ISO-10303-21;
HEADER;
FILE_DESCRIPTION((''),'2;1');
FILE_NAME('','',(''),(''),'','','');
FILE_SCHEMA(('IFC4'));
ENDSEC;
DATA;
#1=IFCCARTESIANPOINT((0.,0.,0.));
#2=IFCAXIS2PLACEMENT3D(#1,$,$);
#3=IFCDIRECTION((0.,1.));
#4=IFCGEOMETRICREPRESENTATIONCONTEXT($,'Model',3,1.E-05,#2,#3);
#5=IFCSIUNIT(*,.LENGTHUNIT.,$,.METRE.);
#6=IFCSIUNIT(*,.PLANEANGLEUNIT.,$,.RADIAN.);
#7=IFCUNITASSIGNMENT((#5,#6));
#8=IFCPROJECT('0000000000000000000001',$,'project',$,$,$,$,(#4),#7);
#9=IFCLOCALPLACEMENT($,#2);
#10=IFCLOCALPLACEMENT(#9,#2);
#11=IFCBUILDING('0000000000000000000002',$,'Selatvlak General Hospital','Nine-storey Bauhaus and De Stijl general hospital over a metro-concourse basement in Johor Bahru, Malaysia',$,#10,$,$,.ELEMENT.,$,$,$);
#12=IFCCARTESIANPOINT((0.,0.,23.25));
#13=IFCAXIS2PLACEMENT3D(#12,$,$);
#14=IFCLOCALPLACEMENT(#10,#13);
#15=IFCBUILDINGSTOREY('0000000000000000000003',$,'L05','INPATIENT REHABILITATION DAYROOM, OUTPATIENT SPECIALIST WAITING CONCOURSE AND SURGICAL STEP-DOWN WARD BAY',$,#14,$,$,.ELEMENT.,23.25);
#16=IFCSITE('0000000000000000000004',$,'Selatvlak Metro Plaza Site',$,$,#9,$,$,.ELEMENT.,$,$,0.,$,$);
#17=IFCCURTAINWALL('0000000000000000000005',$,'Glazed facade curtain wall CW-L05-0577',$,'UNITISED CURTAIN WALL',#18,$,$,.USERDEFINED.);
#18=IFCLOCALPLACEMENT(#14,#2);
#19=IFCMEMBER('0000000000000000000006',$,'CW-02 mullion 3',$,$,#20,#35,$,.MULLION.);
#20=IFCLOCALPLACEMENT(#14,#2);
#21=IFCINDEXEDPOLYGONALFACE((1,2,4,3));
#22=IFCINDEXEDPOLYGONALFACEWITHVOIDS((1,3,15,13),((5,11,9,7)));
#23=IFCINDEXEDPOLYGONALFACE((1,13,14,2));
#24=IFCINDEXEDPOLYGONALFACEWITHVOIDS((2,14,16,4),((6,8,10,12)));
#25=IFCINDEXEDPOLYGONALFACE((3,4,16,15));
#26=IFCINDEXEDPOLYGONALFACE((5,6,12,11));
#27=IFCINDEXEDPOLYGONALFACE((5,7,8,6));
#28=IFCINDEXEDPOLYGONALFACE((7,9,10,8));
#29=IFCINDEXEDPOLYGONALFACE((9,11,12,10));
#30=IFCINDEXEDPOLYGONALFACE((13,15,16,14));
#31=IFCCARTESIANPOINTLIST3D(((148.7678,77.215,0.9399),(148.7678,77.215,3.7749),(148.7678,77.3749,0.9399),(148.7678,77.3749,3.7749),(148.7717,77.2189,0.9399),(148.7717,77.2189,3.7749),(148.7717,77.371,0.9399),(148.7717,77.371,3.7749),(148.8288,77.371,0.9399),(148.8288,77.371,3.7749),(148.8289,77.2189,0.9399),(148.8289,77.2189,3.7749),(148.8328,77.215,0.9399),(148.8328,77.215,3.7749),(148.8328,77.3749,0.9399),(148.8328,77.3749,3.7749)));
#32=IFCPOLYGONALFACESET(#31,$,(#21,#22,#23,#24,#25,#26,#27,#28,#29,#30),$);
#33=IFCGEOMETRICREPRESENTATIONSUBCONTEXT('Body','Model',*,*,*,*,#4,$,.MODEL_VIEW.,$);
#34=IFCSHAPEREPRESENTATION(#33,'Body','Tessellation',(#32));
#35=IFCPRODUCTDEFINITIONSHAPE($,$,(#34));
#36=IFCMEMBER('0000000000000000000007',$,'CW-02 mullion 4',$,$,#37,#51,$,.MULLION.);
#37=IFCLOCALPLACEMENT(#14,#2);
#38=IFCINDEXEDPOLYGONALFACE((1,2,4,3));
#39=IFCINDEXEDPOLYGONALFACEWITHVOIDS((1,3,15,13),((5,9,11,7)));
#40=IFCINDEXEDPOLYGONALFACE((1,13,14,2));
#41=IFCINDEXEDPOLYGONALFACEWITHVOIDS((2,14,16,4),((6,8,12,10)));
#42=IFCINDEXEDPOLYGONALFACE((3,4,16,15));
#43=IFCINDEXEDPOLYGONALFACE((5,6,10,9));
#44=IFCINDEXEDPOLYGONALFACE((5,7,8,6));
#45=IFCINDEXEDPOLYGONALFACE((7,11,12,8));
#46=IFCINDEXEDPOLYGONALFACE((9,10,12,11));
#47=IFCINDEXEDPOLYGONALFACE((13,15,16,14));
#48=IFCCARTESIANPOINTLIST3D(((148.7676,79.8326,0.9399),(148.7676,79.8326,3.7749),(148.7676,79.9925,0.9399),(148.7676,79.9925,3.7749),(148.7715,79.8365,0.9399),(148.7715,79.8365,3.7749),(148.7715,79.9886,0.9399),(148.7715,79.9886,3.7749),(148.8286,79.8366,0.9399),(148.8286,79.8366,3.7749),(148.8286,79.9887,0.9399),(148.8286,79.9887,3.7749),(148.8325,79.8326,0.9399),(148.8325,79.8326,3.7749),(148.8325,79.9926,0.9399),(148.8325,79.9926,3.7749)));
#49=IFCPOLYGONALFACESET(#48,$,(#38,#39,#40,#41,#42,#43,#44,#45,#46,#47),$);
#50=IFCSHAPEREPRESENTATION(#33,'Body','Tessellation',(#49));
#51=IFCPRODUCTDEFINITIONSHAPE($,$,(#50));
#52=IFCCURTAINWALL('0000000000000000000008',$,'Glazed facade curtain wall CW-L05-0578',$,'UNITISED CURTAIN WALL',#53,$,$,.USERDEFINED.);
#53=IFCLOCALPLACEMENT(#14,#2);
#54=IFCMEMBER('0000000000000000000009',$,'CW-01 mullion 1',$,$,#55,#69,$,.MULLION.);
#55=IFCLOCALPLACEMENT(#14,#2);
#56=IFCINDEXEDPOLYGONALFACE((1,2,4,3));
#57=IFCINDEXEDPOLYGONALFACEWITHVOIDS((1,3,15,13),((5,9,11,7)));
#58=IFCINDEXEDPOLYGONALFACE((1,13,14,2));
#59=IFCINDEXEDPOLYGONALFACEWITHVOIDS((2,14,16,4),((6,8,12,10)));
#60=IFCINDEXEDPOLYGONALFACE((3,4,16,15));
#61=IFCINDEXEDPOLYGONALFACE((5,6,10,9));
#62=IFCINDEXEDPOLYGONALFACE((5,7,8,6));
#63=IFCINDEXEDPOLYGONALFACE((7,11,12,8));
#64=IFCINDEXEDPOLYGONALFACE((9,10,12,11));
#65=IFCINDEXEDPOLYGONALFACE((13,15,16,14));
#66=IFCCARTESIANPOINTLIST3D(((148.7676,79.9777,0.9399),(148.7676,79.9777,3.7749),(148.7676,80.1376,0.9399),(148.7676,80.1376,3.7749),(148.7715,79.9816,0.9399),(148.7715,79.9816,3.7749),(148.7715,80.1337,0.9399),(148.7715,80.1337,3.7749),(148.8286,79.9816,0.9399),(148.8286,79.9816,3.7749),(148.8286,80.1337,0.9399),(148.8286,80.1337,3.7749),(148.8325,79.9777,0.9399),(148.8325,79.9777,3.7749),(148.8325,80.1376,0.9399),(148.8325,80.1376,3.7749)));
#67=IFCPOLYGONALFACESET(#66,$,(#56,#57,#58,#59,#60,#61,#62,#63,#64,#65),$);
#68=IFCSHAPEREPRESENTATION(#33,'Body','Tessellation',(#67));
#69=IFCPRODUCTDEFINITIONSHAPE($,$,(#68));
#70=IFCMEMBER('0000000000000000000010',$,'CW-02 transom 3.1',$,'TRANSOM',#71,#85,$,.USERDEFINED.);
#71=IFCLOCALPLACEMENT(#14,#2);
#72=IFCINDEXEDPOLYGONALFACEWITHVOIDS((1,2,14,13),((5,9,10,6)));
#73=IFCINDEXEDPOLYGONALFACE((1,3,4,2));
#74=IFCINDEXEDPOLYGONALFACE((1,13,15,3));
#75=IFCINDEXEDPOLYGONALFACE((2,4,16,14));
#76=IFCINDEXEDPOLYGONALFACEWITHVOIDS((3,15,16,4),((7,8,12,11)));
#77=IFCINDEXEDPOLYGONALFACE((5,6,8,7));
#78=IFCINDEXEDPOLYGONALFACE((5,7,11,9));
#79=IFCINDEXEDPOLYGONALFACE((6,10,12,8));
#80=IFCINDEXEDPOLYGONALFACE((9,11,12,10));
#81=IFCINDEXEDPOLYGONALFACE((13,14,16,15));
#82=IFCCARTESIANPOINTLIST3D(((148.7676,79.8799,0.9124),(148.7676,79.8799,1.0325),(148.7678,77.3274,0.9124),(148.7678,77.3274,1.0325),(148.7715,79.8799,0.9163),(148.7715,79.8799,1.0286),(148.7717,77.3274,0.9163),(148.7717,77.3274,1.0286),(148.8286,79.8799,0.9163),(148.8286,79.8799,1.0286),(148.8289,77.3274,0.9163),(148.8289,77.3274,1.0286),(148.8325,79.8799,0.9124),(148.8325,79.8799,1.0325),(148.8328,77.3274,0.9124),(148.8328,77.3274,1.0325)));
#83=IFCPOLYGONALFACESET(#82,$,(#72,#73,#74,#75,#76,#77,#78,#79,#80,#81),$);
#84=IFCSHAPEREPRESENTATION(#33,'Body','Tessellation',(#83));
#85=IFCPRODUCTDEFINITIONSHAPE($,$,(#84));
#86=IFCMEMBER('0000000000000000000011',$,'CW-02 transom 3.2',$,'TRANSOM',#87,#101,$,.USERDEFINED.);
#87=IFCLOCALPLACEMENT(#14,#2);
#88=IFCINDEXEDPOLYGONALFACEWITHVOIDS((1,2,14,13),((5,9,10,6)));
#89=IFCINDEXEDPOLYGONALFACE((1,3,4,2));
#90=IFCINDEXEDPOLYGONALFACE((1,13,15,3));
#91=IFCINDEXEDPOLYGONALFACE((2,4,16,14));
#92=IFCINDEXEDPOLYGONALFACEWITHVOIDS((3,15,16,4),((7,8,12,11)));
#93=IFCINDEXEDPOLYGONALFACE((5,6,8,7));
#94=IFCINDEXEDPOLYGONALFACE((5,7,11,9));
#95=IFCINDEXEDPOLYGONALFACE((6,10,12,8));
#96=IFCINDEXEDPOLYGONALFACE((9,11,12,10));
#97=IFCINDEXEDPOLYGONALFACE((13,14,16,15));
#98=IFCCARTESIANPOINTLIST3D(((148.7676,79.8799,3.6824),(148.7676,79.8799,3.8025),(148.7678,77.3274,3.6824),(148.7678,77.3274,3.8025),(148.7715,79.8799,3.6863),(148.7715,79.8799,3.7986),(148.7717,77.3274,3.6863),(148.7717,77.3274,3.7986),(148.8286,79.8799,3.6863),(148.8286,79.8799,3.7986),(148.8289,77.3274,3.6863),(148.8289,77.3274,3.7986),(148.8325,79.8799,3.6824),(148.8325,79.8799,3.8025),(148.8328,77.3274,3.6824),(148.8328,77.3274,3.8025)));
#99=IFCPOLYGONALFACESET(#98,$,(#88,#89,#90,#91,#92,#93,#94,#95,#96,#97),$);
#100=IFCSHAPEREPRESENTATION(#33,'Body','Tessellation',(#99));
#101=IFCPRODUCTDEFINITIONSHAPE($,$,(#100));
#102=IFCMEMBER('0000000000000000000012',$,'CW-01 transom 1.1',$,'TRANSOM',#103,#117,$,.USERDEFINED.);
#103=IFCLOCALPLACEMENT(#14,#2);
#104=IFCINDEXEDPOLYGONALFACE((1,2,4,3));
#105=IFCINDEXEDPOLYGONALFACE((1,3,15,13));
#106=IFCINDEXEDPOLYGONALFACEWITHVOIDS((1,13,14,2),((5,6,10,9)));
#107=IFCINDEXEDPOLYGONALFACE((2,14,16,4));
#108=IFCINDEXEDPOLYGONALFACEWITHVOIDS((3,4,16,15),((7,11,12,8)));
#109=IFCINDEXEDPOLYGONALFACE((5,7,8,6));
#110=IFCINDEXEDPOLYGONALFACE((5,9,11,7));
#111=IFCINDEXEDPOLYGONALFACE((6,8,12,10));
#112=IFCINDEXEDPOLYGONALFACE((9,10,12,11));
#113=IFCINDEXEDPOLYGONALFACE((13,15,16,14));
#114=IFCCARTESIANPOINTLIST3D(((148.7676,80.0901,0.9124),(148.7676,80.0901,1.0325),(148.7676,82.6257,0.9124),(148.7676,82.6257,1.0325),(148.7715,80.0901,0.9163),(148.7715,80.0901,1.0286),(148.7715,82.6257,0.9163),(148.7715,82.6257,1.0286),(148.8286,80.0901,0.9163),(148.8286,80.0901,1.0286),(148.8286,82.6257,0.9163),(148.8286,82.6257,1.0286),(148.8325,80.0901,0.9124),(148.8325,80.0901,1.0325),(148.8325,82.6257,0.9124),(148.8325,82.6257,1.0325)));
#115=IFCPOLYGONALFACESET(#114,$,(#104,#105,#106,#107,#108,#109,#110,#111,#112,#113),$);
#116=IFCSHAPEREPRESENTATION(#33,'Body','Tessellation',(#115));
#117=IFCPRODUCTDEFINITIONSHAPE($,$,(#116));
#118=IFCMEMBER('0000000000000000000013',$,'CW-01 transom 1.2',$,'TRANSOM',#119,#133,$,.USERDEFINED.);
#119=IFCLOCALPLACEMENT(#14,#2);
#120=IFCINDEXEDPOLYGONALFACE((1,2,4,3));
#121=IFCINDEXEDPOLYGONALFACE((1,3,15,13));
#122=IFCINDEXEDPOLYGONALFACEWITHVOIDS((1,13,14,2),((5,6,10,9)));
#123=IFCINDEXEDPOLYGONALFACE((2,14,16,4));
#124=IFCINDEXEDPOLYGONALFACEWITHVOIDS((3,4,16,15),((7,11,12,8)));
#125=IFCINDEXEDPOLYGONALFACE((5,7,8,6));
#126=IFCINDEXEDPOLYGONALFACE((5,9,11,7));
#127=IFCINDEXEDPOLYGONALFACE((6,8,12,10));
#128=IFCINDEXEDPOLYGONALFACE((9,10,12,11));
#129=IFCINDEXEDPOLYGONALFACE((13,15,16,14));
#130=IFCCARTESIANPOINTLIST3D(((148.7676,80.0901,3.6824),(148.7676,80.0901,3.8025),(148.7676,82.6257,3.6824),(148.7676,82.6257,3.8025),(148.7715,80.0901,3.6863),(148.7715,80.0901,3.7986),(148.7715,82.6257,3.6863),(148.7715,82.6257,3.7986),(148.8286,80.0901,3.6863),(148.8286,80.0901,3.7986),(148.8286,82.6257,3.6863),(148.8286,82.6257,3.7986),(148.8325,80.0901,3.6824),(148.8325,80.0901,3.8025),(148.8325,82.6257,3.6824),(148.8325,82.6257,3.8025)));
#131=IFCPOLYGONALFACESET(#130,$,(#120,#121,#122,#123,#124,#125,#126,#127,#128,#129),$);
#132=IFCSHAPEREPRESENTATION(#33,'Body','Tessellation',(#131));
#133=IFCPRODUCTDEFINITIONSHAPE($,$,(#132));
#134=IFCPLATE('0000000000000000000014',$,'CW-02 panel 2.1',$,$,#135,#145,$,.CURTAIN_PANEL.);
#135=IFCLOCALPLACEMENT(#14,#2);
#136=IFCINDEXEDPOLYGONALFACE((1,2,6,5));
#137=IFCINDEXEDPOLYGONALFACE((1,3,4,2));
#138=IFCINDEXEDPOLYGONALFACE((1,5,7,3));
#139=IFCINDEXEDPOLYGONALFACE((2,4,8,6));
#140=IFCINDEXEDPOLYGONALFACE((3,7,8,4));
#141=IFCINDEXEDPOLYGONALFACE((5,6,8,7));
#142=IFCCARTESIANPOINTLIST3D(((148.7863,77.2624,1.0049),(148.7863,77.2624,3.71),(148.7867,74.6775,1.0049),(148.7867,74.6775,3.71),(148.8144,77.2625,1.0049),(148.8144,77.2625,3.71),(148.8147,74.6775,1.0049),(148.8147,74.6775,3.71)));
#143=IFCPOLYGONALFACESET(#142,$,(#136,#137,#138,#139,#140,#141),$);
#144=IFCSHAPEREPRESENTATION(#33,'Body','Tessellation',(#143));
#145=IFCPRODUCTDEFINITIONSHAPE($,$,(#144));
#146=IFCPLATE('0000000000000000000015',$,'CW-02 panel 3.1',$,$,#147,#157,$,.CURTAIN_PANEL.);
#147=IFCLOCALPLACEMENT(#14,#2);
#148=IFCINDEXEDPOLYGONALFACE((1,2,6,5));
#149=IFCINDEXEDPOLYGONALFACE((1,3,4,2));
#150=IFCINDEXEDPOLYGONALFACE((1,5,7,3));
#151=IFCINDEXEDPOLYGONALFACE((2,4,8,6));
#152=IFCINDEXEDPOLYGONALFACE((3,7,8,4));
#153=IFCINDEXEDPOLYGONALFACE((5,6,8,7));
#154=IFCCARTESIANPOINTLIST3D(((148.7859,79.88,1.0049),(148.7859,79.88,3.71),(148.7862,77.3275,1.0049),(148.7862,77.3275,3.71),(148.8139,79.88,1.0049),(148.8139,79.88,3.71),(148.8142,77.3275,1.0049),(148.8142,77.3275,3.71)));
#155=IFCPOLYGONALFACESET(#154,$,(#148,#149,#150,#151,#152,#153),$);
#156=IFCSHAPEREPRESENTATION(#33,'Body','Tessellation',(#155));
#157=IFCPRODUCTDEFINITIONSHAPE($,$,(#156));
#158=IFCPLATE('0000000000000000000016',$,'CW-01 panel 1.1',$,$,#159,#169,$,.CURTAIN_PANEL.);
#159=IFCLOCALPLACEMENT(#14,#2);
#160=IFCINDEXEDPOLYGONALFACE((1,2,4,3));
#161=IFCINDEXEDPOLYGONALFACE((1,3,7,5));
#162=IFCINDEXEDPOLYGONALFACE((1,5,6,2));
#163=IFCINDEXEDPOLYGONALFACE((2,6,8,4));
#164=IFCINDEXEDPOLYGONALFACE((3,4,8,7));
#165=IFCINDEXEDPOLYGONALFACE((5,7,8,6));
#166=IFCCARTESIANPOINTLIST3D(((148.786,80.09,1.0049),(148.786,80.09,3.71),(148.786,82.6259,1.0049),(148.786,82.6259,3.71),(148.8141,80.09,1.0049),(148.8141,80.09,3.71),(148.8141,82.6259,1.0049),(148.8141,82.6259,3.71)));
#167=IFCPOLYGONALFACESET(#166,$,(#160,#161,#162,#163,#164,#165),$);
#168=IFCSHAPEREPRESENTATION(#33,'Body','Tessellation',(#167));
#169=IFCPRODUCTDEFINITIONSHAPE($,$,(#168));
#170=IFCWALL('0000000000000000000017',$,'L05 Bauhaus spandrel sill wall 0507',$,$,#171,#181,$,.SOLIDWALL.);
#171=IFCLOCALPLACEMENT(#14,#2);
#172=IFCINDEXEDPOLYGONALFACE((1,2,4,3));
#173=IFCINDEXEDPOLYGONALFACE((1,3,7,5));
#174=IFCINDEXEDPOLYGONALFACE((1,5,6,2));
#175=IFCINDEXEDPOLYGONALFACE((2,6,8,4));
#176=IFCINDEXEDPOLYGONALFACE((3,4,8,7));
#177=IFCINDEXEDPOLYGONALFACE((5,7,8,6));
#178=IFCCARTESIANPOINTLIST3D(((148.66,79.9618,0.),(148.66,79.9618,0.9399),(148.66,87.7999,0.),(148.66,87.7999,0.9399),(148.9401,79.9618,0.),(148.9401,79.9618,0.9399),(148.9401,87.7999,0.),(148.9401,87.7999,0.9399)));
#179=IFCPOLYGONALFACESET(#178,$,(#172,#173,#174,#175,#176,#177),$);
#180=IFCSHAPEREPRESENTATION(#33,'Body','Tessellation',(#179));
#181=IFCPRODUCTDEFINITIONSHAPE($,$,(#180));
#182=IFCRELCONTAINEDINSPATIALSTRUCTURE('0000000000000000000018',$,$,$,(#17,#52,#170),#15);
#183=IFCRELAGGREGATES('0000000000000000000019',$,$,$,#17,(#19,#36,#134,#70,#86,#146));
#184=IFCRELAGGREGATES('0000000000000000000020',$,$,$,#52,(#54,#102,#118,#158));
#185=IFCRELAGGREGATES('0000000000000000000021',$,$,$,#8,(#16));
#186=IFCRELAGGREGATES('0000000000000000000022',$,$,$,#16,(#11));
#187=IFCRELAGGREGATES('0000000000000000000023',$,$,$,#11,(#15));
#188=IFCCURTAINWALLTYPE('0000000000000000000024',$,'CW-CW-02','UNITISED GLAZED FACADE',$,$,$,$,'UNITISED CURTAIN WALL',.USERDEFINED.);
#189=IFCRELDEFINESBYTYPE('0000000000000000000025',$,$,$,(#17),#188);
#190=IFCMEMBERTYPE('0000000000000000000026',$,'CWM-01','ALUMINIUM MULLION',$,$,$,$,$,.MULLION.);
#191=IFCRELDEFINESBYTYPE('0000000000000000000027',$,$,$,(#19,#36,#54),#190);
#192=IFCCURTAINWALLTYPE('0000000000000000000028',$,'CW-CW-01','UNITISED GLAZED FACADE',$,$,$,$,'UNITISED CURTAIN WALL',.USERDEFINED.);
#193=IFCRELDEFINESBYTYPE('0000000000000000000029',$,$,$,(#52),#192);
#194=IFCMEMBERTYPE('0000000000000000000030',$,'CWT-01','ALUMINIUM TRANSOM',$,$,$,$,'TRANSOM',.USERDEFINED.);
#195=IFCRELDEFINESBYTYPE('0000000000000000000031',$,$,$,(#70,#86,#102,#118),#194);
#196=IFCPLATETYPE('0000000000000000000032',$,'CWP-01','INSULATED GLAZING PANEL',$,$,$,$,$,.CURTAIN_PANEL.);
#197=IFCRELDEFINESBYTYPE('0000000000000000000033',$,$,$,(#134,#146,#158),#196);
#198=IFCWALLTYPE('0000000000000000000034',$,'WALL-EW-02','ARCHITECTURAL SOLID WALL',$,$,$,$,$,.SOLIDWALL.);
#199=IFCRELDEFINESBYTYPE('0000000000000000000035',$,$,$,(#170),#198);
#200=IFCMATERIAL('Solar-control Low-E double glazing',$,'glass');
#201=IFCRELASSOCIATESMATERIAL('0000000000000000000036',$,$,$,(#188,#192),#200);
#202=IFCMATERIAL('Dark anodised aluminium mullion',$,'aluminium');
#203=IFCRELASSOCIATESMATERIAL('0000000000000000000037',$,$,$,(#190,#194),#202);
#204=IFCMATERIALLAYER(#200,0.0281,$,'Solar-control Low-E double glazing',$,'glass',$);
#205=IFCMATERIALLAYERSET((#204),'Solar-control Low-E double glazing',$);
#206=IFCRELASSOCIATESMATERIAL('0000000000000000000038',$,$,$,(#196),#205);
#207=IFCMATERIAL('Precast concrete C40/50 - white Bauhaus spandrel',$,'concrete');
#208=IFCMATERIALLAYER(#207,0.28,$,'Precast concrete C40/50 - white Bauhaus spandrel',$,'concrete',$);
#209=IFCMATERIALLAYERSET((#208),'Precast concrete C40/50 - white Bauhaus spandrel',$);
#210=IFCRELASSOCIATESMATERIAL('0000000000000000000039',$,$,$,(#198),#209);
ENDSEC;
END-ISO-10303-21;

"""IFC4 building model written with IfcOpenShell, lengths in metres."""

from ifc_helpers import new_model, si_unit, direction, frame, frame_2d, origin, origin_2d, place, context, subcontext, project, spatial, rectangle, hollow_rectangle, extrude, material, layer, layer_set, material_profile, profile_set, type_object, element, aggregate, save


model = new_model("IFC4")

# Units and contexts
model_context = context("Model", 3, precision=1e-05, world=origin(), true_north=direction((0.0, 1.0)))
body_context = subcontext(model_context, "Body", "Model", "MODEL_VIEW")
ifc_project = project(units=[si_unit("LENGTHUNIT", "METRE"), si_unit("PLANEANGLEUNIT", "RADIAN")], contexts=[model_context])

# Site, building, storey
site_placement = place(None, origin())
site = spatial("IfcSite", under=ifc_project, at=site_placement, Name="Selatvlak Metro Plaza Site", CompositionType="ELEMENT", RefElevation=0.0)
building_placement = place(site_placement, origin())
building = spatial("IfcBuilding", under=site, at=building_placement, Name="Selatvlak General Hospital", Description="Nine-storey Bauhaus and De Stijl general hospital over a metro-concourse basement in Johor Bahru, Malaysia", CompositionType="ELEMENT")
storey_placement = place(building_placement, frame((0.0, 0.0, 23.25)))
storey = spatial("IfcBuildingStorey", under=building, at=storey_placement, Name="L05", Description="INPATIENT REHABILITATION DAYROOM, OUTPATIENT SPECIALIST WAITING CONCOURSE AND SURGICAL STEP-DOWN WARD BAY", CompositionType="ELEMENT", Elevation=23.25)

# Curtain wall, members
ifc_material_1 = material(Name="Solar-control Low-E double glazing", Category="glass")
curtain_wall_type_1 = type_object("IfcCurtainWallType", Name="CW-CW-02", Description="UNITISED GLAZED FACADE", ElementType="UNITISED CURTAIN WALL", PredefinedType="USERDEFINED", material=ifc_material_1)
curtain_wall_1_placement = place(storey_placement, origin())
curtain_wall_1 = element("IfcCurtainWall", 1, at=curtain_wall_1_placement, inside=storey, type_object=curtain_wall_type_1, Name="Glazed facade curtain wall CW-L05-0577", ObjectType="UNITISED CURTAIN WALL", PredefinedType="USERDEFINED")
ifc_material_2 = material(Name="Dark anodised aluminium mullion", Category="aluminium")
ifc_material_profile_1 = material_profile(ifc_material_2, hollow_rectangle(XDim=0.0649, YDim=0.1599, WallThickness=0.0039, at=origin_2d()), Name="AL-MUL 65x160x4")
ifc_profile_set_1 = profile_set([ifc_material_profile_1], Name="Dark anodised aluminium mullion")
member_type_1 = type_object("IfcMemberType", Name="CWM-01", Description="ALUMINIUM MULLION", PredefinedType="MULLION", material=ifc_profile_set_1)
member_1_placement = place(storey_placement, frame((148.8003, 77.2949, 0.9399), z_axis=(0.0, 0.0, 1.0), x_axis=(-1.0, -0.000126, 0.0)))
member_1 = element("IfcMember", 2, at=member_1_placement, type_object=member_type_1, Name="CW-02 mullion 3", PredefinedType="MULLION", context=body_context, shape_type="SweptSolid", body=[
    extrude(hollow_rectangle(XDim=0.0649, YDim=0.1599, WallThickness=0.0039, at=origin_2d()), origin(), (0.0, 0.0, 1.0), 2.835),
])
member_2_placement = place(storey_placement, frame((148.8, 79.9126, 0.9399), z_axis=(0.0, 0.0, 1.0), x_axis=(-1.0, -0.000126, 0.0)))
member_2 = element("IfcMember", 3, at=member_2_placement, type_object=member_type_1, Name="CW-02 mullion 4", PredefinedType="MULLION", context=body_context, shape_type="SweptSolid", body=[
    extrude(hollow_rectangle(XDim=0.0649, YDim=0.1599, WallThickness=0.0039, at=origin_2d()), origin(), (0.0, 0.0, 1.0), 2.835),
])

# Curtain wall, member
curtain_wall_type_2 = type_object("IfcCurtainWallType", Name="CW-CW-01", Description="UNITISED GLAZED FACADE", ElementType="UNITISED CURTAIN WALL", PredefinedType="USERDEFINED", material=ifc_material_1)
curtain_wall_2_placement = place(storey_placement, origin())
curtain_wall_2 = element("IfcCurtainWall", 4, at=curtain_wall_2_placement, inside=storey, type_object=curtain_wall_type_2, Name="Glazed facade curtain wall CW-L05-0578", ObjectType="UNITISED CURTAIN WALL", PredefinedType="USERDEFINED")
member_3_placement = place(storey_placement, frame((148.8, 80.0576, 0.9399), z_axis=(0.0, 0.0, 1.0), x_axis=(-1.0, 0.0, 0.0)))
member_3 = element("IfcMember", 5, at=member_3_placement, type_object=member_type_1, Name="CW-01 mullion 1", PredefinedType="MULLION", context=body_context, shape_type="SweptSolid", body=[
    extrude(hollow_rectangle(XDim=0.0649, YDim=0.1599, WallThickness=0.0039, at=origin_2d()), origin(), (0.0, 0.0, 1.0), 2.835),
])

# Members
ifc_material_profile_2 = material_profile(ifc_material_2, hollow_rectangle(XDim=0.0649, YDim=0.1201, WallThickness=0.0039, at=origin_2d()), Name="AL-TRN 65x120x4")
ifc_profile_set_2 = profile_set([ifc_material_profile_2], Name="Dark anodised aluminium mullion")
member_type_2 = type_object("IfcMemberType", Name="CWT-01", Description="ALUMINIUM TRANSOM", ElementType="TRANSOM", PredefinedType="USERDEFINED", material=ifc_profile_set_2)
member_4_placement = place(storey_placement, frame((148.8003, 77.3274, 0.9724), z_axis=(-0.000096, 1.0, 0.0), x_axis=(-1.0, -0.000096, 0.0)))
member_4 = element("IfcMember", 6, at=member_4_placement, type_object=member_type_2, Name="CW-02 transom 3.1", ObjectType="TRANSOM", PredefinedType="USERDEFINED", context=body_context, shape_type="SweptSolid", body=[
    extrude(hollow_rectangle(XDim=0.0649, YDim=0.1201, WallThickness=0.0039, at=origin_2d()), origin(), (0.0, 0.0, 1.0), 2.5525),
])
member_5_placement = place(storey_placement, frame((148.8003, 77.3274, 3.7424), z_axis=(-0.000096, 1.0, 0.0), x_axis=(-1.0, -0.000096, 0.0)))
member_5 = element("IfcMember", 7, at=member_5_placement, type_object=member_type_2, Name="CW-02 transom 3.2", ObjectType="TRANSOM", PredefinedType="USERDEFINED", context=body_context, shape_type="SweptSolid", body=[
    extrude(hollow_rectangle(XDim=0.0649, YDim=0.1201, WallThickness=0.0039, at=origin_2d()), origin(), (0.0, 0.0, 1.0), 2.5525),
])
member_6_placement = place(storey_placement, frame((148.8, 80.0901, 0.9724), z_axis=(0.0, 1.0, 0.0), x_axis=(-1.0, 0.0, 0.0)))
member_6 = element("IfcMember", 8, at=member_6_placement, type_object=member_type_2, Name="CW-01 transom 1.1", ObjectType="TRANSOM", PredefinedType="USERDEFINED", context=body_context, shape_type="SweptSolid", body=[
    extrude(hollow_rectangle(XDim=0.0649, YDim=0.1201, WallThickness=0.0039, at=origin_2d()), origin(), (0.0, 0.0, 1.0), 2.5356),
])
member_7_placement = place(storey_placement, frame((148.8, 80.0901, 3.7424), z_axis=(0.0, 1.0, 0.0), x_axis=(-1.0, 0.0, 0.0)))
member_7 = element("IfcMember", 9, at=member_7_placement, type_object=member_type_2, Name="CW-01 transom 1.2", ObjectType="TRANSOM", PredefinedType="USERDEFINED", context=body_context, shape_type="SweptSolid", body=[
    extrude(hollow_rectangle(XDim=0.0649, YDim=0.1201, WallThickness=0.0039, at=origin_2d()), origin(), (0.0, 0.0, 1.0), 2.5356),
])

# Plates
ifc_layer_1 = layer(ifc_material_1, 0.0281, Name="Solar-control Low-E double glazing", Category="glass")
ifc_layer_set_1 = layer_set([ifc_layer_1], Name="Solar-control Low-E double glazing")
plate_type = type_object("IfcPlateType", Name="CWP-01", Description="INSULATED GLAZING PANEL", PredefinedType="CURTAIN_PANEL", material=ifc_layer_set_1)
plate_1_placement = place(storey_placement, frame((148.8005, 75.97, 1.0049), z_axis=(0.0, 0.0, 1.0), x_axis=(-0.000126, 1.0, 0.0)))
plate_1 = element("IfcPlate", 10, at=plate_1_placement, type_object=plate_type, Name="CW-02 panel 2.1", PredefinedType="CURTAIN_PANEL", context=body_context, shape_type="SweptSolid", body=[
    extrude(rectangle(XDim=2.585, YDim=0.0281, at=origin_2d()), origin(), (0.0, 0.0, 1.0), 2.7051),
])
plate_2_placement = place(storey_placement, frame((148.8, 78.6038, 1.0049), z_axis=(0.0, 0.0, 1.0), x_axis=(-0.000126, 1.0, 0.0)))
plate_2 = element("IfcPlate", 11, at=plate_2_placement, type_object=plate_type, Name="CW-02 panel 3.1", PredefinedType="CURTAIN_PANEL", context=body_context, shape_type="SweptSolid", body=[
    extrude(rectangle(XDim=2.5525, YDim=0.0281, at=origin_2d()), origin(), (0.0, 0.0, 1.0), 2.7051),
])
aggregate(curtain_wall_1, [member_1, member_2, plate_1, member_4, member_5, plate_2])
plate_3_placement = place(storey_placement, frame((148.8, 81.3579, 1.0049), z_axis=(0.0, 0.0, 1.0), x_axis=(0.0, 1.0, 0.0)))
plate_3 = element("IfcPlate", 12, at=plate_3_placement, type_object=plate_type, Name="CW-01 panel 1.1", PredefinedType="CURTAIN_PANEL", context=body_context, shape_type="SweptSolid", body=[
    extrude(rectangle(XDim=2.5359, YDim=0.0281, at=origin_2d()), origin(), (0.0, 0.0, 1.0), 2.7051),
])
aggregate(curtain_wall_2, [member_3, member_6, member_7, plate_3])

# Wall
ifc_material_3 = material(Name="Precast concrete C40/50 - white Bauhaus spandrel", Category="concrete")
ifc_layer_2 = layer(ifc_material_3, 0.28, Name="Precast concrete C40/50 - white Bauhaus spandrel", Category="concrete")
ifc_layer_set_2 = layer_set([ifc_layer_2], Name="Precast concrete C40/50 - white Bauhaus spandrel")
wall_type = type_object("IfcWallType", Name="WALL-EW-02", Description="ARCHITECTURAL SOLID WALL", PredefinedType="SOLIDWALL", material=ifc_layer_set_2)
wall_placement = place(storey_placement, frame((148.8, 79.9619, 0.0), z_axis=(0.0, 0.0, 1.0), x_axis=(0.0, 1.0, 0.0)))
element("IfcWall", 13, at=wall_placement, inside=storey, type_object=wall_type, Name="L05 Bauhaus spandrel sill wall 0507", PredefinedType="SOLIDWALL", context=body_context, shape_type="SweptSolid", body=[
    extrude(rectangle(XDim=7.8381, YDim=0.28, at=frame_2d((3.9189, 0.0))), origin(), (0.0, 0.0, 1.0), 0.9399),
])

save(model, "model.ifc")
